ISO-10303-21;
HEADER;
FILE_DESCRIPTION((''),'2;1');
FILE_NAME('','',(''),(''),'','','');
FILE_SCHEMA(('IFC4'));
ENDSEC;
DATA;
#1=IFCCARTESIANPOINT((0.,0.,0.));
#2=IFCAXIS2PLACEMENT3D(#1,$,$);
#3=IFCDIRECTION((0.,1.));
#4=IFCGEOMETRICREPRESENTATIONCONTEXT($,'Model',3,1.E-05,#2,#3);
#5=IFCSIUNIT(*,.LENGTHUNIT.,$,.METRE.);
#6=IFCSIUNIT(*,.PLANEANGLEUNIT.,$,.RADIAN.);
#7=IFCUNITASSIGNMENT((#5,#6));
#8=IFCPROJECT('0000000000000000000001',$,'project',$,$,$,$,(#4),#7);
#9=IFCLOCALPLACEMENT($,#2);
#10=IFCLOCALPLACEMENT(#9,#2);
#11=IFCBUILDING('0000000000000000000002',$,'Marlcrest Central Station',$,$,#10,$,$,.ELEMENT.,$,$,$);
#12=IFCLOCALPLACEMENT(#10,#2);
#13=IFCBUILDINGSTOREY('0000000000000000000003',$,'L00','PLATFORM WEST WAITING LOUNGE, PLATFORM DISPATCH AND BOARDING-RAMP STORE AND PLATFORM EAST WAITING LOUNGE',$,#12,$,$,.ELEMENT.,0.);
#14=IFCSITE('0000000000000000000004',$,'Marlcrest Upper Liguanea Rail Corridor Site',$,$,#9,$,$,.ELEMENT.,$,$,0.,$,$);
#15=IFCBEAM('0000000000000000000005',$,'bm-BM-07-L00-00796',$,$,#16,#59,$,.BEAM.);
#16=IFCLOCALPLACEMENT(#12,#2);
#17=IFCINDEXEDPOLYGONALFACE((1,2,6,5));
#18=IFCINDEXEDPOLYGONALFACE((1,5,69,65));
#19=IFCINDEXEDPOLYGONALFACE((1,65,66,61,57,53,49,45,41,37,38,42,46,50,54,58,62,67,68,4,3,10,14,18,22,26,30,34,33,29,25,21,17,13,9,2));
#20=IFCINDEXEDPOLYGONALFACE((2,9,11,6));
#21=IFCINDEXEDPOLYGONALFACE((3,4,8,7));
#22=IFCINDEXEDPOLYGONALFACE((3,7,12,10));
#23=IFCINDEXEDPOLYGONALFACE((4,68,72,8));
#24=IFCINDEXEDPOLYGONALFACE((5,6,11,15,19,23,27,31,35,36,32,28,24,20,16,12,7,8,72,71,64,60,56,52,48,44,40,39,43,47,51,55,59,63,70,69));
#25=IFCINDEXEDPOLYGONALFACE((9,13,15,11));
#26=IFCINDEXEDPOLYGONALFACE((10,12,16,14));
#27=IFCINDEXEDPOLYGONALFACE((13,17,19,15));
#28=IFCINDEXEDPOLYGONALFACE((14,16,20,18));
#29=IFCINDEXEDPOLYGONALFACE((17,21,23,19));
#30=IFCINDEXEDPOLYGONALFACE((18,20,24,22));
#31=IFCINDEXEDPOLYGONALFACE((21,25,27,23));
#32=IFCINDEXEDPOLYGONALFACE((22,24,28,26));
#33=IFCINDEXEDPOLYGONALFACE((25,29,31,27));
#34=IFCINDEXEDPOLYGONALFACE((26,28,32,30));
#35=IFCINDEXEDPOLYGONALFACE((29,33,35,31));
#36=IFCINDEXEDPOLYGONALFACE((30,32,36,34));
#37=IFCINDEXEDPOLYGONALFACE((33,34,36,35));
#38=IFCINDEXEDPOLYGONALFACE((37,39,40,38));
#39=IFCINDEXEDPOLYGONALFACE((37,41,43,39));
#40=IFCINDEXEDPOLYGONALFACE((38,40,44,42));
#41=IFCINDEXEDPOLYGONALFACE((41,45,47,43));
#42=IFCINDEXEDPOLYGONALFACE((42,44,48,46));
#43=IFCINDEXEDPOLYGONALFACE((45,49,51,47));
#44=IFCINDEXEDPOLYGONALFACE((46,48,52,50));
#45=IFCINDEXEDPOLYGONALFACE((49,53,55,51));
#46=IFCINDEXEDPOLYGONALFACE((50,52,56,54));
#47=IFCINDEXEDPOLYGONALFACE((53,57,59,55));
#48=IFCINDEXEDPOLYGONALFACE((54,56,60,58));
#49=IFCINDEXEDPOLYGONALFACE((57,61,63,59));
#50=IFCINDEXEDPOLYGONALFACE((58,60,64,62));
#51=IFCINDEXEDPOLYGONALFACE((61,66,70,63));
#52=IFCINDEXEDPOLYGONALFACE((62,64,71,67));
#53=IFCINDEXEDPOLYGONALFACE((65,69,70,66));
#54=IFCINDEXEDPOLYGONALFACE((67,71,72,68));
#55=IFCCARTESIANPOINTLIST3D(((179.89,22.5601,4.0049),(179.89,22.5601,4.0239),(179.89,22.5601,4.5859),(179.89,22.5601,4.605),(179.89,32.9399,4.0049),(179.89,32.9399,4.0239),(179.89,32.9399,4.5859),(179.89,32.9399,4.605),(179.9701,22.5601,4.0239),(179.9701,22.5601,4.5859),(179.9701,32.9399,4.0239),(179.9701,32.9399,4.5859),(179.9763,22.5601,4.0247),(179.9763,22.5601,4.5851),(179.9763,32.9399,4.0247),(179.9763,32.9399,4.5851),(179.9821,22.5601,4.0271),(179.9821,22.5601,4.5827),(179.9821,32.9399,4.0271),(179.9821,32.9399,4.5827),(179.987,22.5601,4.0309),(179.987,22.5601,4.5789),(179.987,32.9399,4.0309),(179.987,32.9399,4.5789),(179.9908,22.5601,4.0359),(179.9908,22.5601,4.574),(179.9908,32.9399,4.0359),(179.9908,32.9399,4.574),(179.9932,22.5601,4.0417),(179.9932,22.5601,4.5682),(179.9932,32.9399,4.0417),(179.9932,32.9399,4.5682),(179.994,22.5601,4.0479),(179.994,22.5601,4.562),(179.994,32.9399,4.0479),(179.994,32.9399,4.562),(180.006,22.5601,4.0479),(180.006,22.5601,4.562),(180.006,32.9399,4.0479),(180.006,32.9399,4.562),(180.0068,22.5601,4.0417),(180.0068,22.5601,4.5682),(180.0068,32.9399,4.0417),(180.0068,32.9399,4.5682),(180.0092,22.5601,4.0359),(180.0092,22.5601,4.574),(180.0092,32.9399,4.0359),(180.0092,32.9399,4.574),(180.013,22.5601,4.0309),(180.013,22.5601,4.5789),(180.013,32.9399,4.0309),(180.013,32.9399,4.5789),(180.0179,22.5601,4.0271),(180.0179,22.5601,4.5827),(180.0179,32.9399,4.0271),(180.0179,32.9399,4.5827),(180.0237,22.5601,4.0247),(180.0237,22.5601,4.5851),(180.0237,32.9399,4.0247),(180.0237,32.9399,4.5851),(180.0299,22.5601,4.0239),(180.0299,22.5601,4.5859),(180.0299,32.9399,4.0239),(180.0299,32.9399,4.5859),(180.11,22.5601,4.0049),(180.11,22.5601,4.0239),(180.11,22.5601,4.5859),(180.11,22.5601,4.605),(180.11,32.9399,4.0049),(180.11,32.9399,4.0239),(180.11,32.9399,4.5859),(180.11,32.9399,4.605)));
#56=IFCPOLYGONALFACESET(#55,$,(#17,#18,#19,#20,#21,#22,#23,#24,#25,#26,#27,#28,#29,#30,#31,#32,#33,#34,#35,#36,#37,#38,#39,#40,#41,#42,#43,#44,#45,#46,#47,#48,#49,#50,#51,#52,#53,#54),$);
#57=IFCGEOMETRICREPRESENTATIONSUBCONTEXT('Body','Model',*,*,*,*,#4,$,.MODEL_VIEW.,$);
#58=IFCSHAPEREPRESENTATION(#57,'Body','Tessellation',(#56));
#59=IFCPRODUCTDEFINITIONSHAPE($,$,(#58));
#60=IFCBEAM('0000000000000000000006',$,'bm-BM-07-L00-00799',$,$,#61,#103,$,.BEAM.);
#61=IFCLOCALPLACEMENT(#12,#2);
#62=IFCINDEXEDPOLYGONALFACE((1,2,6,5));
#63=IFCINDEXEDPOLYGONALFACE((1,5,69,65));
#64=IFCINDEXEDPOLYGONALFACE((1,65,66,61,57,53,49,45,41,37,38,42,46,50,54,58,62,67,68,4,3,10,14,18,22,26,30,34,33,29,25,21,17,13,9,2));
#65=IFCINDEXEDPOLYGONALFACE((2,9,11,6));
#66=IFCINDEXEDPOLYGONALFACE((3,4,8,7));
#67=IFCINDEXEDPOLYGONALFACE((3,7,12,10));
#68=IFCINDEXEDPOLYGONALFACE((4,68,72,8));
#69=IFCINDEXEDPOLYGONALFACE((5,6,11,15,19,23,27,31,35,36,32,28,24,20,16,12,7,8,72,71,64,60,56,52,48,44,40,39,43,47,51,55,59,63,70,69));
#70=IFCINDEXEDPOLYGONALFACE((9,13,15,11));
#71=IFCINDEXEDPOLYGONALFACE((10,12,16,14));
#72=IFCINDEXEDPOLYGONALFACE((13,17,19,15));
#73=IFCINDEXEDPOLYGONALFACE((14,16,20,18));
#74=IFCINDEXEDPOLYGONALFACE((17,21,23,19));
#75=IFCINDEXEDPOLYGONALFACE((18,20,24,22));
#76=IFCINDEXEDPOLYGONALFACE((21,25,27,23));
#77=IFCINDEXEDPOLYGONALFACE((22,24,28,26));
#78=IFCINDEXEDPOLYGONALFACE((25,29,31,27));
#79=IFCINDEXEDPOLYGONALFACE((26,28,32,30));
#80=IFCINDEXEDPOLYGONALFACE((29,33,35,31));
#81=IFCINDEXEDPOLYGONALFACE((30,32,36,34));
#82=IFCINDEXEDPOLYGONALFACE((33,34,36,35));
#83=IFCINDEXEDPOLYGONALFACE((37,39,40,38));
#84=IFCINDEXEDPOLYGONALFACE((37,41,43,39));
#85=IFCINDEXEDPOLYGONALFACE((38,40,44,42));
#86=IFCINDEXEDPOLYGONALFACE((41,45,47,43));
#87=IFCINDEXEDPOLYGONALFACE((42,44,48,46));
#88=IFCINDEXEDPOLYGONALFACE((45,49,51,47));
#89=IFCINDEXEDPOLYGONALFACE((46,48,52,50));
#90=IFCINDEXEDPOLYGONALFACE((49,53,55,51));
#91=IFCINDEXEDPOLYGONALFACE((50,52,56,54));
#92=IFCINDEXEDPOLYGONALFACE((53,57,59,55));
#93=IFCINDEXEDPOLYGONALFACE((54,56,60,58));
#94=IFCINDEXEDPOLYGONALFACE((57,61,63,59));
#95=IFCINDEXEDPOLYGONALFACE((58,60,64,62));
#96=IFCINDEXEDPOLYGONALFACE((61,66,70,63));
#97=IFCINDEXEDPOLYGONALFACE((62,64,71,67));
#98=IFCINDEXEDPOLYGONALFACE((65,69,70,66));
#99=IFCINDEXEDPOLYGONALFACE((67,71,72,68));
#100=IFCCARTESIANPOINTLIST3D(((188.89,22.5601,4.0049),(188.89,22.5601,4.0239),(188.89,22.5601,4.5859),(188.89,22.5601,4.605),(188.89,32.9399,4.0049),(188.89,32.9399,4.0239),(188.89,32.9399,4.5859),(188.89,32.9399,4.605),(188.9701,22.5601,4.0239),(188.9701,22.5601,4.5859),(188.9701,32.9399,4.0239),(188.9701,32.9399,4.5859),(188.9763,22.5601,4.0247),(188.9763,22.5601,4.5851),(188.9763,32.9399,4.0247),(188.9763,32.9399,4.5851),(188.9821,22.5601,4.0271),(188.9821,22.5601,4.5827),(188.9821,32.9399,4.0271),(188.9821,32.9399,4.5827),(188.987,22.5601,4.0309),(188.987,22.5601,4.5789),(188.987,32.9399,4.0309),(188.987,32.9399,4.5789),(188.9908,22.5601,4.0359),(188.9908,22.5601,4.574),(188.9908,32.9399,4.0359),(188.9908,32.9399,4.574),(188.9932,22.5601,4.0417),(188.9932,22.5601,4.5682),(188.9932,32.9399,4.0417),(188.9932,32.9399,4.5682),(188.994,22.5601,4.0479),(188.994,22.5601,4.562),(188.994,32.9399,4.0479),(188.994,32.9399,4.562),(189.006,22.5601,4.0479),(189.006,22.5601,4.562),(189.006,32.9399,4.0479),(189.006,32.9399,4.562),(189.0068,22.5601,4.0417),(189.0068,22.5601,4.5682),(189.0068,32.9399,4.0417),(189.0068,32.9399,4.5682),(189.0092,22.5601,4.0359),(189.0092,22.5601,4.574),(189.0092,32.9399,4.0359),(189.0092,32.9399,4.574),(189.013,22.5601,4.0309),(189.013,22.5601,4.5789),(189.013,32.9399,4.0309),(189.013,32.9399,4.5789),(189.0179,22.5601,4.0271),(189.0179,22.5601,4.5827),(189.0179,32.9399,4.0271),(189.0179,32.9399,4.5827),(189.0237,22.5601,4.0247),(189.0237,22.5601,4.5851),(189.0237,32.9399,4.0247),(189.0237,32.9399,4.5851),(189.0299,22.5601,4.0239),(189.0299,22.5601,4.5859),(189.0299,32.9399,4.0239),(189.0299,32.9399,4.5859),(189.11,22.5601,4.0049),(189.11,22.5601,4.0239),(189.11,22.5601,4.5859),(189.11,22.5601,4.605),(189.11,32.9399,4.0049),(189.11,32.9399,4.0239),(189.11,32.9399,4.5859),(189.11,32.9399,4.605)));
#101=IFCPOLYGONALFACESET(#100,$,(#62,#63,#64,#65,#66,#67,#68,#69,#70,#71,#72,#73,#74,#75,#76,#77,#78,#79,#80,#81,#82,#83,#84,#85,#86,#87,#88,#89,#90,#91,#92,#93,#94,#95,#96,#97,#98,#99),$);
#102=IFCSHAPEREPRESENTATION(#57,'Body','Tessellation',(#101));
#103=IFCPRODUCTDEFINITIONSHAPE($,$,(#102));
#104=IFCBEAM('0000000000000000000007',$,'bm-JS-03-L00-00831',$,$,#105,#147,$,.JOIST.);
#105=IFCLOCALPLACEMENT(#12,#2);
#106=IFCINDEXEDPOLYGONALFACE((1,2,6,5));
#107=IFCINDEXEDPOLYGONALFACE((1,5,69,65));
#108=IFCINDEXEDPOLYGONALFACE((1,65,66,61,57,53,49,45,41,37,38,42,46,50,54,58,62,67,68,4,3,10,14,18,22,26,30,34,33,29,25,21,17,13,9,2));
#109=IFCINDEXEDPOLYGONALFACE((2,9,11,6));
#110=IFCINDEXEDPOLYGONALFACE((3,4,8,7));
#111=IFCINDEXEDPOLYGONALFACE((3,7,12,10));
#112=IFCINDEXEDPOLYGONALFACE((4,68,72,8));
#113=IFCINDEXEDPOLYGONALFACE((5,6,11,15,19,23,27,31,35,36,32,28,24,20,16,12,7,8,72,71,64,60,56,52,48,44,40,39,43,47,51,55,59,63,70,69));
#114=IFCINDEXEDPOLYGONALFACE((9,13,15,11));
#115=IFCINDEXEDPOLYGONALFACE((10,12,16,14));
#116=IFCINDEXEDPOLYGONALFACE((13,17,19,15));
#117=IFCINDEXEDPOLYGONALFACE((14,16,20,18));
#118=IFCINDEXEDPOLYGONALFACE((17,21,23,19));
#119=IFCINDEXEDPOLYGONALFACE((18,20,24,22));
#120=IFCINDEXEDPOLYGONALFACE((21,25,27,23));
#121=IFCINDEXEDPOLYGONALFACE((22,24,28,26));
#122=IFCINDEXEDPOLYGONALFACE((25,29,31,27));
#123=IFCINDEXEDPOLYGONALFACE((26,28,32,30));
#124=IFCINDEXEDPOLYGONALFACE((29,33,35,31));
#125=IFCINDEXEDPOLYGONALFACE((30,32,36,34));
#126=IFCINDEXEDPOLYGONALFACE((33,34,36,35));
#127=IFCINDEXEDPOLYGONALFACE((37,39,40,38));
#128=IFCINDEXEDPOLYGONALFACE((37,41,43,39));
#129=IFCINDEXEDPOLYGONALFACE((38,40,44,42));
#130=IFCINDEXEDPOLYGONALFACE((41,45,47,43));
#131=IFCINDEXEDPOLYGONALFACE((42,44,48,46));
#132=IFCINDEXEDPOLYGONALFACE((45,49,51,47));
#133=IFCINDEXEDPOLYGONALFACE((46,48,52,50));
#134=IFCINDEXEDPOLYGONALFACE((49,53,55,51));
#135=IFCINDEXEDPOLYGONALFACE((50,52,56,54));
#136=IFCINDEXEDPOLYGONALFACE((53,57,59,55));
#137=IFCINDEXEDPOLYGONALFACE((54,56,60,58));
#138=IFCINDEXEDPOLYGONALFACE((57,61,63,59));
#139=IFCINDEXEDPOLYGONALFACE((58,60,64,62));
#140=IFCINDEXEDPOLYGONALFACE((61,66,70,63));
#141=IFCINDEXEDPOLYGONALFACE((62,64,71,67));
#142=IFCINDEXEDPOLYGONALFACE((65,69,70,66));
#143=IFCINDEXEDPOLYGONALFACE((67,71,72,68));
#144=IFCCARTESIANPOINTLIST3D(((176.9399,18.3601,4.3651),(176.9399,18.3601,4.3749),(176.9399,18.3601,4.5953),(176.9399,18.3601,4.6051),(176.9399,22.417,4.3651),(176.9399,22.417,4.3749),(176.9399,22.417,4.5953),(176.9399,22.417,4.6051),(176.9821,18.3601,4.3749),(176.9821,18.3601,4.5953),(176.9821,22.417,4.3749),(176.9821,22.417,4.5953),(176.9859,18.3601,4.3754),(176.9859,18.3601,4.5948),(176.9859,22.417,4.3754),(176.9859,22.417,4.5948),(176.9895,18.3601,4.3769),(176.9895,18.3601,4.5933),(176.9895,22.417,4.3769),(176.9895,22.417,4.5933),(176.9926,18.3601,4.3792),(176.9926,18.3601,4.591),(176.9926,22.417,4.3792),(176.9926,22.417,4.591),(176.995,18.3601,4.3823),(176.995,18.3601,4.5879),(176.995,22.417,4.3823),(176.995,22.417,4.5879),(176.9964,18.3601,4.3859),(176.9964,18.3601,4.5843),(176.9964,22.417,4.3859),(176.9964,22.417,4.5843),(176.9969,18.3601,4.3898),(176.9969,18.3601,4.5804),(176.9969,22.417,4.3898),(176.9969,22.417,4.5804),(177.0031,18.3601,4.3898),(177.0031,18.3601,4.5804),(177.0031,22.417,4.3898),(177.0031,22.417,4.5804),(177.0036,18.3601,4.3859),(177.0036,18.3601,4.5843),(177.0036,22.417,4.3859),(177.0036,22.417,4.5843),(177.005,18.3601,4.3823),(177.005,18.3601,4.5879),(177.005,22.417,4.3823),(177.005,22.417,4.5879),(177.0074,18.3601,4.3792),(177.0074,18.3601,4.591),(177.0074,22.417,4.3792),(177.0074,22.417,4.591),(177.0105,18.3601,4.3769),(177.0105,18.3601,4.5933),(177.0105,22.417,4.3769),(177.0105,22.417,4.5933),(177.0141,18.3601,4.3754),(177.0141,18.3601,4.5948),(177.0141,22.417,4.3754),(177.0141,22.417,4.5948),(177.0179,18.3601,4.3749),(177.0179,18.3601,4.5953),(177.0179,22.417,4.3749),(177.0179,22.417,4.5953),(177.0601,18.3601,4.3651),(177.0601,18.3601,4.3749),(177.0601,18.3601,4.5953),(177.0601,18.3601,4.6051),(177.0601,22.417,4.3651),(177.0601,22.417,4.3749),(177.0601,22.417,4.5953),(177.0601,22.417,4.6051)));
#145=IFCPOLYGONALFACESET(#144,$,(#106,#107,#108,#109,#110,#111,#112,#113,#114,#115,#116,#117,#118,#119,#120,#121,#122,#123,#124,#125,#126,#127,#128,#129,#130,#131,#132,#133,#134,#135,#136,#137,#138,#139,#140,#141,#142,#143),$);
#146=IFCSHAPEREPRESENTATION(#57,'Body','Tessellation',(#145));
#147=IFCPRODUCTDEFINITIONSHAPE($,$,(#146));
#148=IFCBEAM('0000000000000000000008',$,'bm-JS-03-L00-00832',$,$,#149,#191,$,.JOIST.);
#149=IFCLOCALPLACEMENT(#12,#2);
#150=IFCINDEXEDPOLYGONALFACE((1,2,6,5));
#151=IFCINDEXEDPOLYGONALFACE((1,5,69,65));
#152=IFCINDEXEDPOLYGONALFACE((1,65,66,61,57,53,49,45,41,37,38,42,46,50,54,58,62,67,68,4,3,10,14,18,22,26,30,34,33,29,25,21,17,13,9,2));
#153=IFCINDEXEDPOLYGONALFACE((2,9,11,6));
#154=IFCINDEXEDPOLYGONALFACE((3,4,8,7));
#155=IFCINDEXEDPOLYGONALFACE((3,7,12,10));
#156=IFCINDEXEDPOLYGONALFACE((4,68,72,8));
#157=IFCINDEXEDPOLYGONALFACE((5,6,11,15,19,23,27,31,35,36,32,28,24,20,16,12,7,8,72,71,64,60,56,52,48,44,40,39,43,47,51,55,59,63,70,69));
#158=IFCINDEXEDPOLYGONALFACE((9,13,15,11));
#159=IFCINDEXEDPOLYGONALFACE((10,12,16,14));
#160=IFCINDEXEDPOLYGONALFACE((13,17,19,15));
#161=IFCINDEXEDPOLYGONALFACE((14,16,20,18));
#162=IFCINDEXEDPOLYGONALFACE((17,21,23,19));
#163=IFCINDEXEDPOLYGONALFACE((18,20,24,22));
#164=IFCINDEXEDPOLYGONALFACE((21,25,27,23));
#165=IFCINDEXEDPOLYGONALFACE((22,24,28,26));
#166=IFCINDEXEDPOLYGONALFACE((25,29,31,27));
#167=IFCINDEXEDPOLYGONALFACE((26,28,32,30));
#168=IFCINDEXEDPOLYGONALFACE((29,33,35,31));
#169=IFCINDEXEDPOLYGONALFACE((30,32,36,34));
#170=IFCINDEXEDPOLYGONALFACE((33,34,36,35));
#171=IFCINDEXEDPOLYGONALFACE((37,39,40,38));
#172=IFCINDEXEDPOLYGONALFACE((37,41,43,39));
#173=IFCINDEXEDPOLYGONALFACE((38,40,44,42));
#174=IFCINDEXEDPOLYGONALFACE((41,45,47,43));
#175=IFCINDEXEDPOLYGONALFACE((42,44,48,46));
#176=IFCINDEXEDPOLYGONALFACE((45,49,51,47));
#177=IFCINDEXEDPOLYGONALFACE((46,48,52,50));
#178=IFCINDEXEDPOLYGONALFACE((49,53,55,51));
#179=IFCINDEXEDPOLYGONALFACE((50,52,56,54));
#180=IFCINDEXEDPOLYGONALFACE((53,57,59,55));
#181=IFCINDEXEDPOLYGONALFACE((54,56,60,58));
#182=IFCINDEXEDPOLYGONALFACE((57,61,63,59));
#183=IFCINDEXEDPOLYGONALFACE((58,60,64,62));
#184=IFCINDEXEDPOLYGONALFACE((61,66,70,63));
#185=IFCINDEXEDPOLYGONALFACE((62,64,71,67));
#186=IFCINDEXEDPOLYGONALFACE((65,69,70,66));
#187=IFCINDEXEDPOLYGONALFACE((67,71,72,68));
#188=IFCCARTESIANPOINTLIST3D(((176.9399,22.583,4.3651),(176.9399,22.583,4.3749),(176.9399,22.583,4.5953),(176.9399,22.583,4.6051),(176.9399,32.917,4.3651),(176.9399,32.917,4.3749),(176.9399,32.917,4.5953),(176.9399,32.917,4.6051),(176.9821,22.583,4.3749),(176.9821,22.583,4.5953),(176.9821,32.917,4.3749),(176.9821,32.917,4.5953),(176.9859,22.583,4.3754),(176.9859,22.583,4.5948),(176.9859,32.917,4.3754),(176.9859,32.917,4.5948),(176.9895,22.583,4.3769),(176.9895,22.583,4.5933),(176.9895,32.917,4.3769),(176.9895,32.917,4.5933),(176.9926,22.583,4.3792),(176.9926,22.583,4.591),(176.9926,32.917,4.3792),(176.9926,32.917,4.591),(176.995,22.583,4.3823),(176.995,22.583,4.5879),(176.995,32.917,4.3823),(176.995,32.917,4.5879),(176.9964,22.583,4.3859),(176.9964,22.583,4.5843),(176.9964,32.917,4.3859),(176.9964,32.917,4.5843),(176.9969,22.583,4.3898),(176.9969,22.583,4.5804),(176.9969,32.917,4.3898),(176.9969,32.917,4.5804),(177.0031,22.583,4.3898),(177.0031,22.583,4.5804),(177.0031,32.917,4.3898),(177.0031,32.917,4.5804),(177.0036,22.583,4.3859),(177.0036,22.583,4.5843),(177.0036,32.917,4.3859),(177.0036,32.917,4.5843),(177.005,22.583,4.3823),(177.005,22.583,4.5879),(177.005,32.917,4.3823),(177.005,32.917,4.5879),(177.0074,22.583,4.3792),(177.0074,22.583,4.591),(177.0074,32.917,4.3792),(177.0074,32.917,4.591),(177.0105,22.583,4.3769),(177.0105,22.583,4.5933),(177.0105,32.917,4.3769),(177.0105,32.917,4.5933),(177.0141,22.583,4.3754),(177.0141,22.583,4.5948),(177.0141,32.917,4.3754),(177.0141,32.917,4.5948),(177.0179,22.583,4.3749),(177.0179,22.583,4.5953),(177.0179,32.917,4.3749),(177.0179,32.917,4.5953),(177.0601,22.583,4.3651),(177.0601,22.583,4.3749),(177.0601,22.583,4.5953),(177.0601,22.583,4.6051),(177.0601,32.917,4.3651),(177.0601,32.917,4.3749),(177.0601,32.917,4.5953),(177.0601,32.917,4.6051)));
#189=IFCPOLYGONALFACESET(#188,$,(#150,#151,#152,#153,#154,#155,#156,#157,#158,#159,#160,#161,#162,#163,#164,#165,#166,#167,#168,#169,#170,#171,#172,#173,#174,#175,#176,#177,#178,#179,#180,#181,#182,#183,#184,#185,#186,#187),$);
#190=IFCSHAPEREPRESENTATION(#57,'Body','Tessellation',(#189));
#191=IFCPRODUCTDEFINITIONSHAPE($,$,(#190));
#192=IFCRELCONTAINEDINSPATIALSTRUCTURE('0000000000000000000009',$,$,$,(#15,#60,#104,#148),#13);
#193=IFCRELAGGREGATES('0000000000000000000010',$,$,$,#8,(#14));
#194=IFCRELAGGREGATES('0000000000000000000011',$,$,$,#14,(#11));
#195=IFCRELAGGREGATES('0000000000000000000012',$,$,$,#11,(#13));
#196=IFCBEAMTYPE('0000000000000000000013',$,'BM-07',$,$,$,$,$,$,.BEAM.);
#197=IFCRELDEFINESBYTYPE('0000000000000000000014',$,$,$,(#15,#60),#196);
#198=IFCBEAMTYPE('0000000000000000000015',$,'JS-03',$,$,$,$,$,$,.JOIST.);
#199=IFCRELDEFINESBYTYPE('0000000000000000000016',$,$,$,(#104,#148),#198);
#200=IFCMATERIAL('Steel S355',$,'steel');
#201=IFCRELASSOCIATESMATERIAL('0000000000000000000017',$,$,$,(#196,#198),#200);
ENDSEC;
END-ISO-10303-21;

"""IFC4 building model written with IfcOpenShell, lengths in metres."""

from ifc_helpers import new_model, si_unit, direction, frame, origin, origin_2d, place, context, subcontext, project, spatial, i_section, extrude, material, material_profile, profile_set, type_object, element, save


model = new_model("IFC4")

# Units and contexts
model_context = context("Model", 3, precision=1e-05, world=origin(), true_north=direction((0.0, 1.0)))
body_context = subcontext(model_context, "Body", "Model", "MODEL_VIEW")
ifc_project = project(units=[si_unit("LENGTHUNIT", "METRE"), si_unit("PLANEANGLEUNIT", "RADIAN")], contexts=[model_context])

# Site, building, storey
site_placement = place(None, origin())
site = spatial("IfcSite", under=ifc_project, at=site_placement, Name="Marlcrest Upper Liguanea Rail Corridor Site", CompositionType="ELEMENT", RefElevation=0.0)
building_placement = place(site_placement, origin())
building = spatial("IfcBuilding", under=site, at=building_placement, Name="Marlcrest Central Station", CompositionType="ELEMENT")
storey_placement = place(building_placement, origin())
storey = spatial("IfcBuildingStorey", under=building, at=storey_placement, Name="L00", Description="PLATFORM WEST WAITING LOUNGE, PLATFORM DISPATCH AND BOARDING-RAMP STORE AND PLATFORM EAST WAITING LOUNGE", CompositionType="ELEMENT", Elevation=0.0)

# Shared definitions
ifc_material_1 = material(Name="Steel S355", Category="steel")

# Beams
ifc_material_profile_1 = material_profile(ifc_material_1, i_section(OverallWidth=0.22, OverallDepth=0.6001, WebThickness=0.012, FlangeThickness=0.019, FilletRadius=0.0239, at=origin_2d()), Name="IPE 600")
ifc_profile_set_1 = profile_set([ifc_material_profile_1], Name="Steel S355")
beam_type_1 = type_object("IfcBeamType", Name="BM-07", PredefinedType="BEAM", material=ifc_profile_set_1)
for number, where, z_axis, x_axis, name in (
    (1, (180.0, 22.5601, 4.3049), (0.0, 1.0, 0.0), (-1.0, 0.0, 0.0), "bm-BM-07-L00-00796"),
    (2, (189.0, 22.5601, 4.3049), (0.0, 1.0, 0.0), (-1.0, 0.0, 0.0), "bm-BM-07-L00-00799"),
):
    element("IfcBeam", number, at=place(storey_placement, frame(where, z_axis=z_axis, x_axis=x_axis)), inside=storey, type_object=beam_type_1, Name=name, PredefinedType="BEAM", context=body_context, shape_type="SweptSolid", body=[
        extrude(i_section(OverallWidth=0.22, OverallDepth=0.6001, WebThickness=0.012, FlangeThickness=0.019, FilletRadius=0.0239, at=origin_2d()), origin(), (0.0, 0.0, 1.0), 10.3799),
    ])
ifc_material_profile_2 = material_profile(ifc_material_1, i_section(OverallWidth=0.1201, OverallDepth=0.24, WebThickness=0.0061, FlangeThickness=0.0098, FilletRadius=0.0149, at=origin_2d()), Name="IPE 240")
ifc_profile_set_2 = profile_set([ifc_material_profile_2], Name="Steel S355")
beam_type_2 = type_object("IfcBeamType", Name="JS-03", PredefinedType="JOIST", material=ifc_profile_set_2)
beam_placement = place(storey_placement, frame((177.0, 18.3601, 4.4851), z_axis=(0.0, 1.0, 0.0), x_axis=(-1.0, 0.0, 0.0)))
element("IfcBeam", 3, at=beam_placement, inside=storey, type_object=beam_type_2, Name="bm-JS-03-L00-00831", PredefinedType="JOIST", context=body_context, shape_type="SweptSolid", body=[
    extrude(i_section(OverallWidth=0.1201, OverallDepth=0.24, WebThickness=0.0061, FlangeThickness=0.0098, FilletRadius=0.0149, at=origin_2d()), origin(), (0.0, 0.0, 1.0), 4.0569),
])
for number, where, z_axis, x_axis, name in (
    (4, (177.0, 22.583, 4.4851), (0.0, 1.0, 0.0), (-1.0, 0.0, 0.0), "bm-JS-03-L00-00832"),
):
    element("IfcBeam", number, at=place(storey_placement, frame(where, z_axis=z_axis, x_axis=x_axis)), inside=storey, type_object=beam_type_2, Name=name, PredefinedType="JOIST", context=body_context, shape_type="SweptSolid", body=[
        extrude(i_section(OverallWidth=0.1201, OverallDepth=0.24, WebThickness=0.0061, FlangeThickness=0.0098, FilletRadius=0.0149, at=origin_2d()), origin(), (0.0, 0.0, 1.0), 10.334),
    ])

save(model, "model.ifc")
